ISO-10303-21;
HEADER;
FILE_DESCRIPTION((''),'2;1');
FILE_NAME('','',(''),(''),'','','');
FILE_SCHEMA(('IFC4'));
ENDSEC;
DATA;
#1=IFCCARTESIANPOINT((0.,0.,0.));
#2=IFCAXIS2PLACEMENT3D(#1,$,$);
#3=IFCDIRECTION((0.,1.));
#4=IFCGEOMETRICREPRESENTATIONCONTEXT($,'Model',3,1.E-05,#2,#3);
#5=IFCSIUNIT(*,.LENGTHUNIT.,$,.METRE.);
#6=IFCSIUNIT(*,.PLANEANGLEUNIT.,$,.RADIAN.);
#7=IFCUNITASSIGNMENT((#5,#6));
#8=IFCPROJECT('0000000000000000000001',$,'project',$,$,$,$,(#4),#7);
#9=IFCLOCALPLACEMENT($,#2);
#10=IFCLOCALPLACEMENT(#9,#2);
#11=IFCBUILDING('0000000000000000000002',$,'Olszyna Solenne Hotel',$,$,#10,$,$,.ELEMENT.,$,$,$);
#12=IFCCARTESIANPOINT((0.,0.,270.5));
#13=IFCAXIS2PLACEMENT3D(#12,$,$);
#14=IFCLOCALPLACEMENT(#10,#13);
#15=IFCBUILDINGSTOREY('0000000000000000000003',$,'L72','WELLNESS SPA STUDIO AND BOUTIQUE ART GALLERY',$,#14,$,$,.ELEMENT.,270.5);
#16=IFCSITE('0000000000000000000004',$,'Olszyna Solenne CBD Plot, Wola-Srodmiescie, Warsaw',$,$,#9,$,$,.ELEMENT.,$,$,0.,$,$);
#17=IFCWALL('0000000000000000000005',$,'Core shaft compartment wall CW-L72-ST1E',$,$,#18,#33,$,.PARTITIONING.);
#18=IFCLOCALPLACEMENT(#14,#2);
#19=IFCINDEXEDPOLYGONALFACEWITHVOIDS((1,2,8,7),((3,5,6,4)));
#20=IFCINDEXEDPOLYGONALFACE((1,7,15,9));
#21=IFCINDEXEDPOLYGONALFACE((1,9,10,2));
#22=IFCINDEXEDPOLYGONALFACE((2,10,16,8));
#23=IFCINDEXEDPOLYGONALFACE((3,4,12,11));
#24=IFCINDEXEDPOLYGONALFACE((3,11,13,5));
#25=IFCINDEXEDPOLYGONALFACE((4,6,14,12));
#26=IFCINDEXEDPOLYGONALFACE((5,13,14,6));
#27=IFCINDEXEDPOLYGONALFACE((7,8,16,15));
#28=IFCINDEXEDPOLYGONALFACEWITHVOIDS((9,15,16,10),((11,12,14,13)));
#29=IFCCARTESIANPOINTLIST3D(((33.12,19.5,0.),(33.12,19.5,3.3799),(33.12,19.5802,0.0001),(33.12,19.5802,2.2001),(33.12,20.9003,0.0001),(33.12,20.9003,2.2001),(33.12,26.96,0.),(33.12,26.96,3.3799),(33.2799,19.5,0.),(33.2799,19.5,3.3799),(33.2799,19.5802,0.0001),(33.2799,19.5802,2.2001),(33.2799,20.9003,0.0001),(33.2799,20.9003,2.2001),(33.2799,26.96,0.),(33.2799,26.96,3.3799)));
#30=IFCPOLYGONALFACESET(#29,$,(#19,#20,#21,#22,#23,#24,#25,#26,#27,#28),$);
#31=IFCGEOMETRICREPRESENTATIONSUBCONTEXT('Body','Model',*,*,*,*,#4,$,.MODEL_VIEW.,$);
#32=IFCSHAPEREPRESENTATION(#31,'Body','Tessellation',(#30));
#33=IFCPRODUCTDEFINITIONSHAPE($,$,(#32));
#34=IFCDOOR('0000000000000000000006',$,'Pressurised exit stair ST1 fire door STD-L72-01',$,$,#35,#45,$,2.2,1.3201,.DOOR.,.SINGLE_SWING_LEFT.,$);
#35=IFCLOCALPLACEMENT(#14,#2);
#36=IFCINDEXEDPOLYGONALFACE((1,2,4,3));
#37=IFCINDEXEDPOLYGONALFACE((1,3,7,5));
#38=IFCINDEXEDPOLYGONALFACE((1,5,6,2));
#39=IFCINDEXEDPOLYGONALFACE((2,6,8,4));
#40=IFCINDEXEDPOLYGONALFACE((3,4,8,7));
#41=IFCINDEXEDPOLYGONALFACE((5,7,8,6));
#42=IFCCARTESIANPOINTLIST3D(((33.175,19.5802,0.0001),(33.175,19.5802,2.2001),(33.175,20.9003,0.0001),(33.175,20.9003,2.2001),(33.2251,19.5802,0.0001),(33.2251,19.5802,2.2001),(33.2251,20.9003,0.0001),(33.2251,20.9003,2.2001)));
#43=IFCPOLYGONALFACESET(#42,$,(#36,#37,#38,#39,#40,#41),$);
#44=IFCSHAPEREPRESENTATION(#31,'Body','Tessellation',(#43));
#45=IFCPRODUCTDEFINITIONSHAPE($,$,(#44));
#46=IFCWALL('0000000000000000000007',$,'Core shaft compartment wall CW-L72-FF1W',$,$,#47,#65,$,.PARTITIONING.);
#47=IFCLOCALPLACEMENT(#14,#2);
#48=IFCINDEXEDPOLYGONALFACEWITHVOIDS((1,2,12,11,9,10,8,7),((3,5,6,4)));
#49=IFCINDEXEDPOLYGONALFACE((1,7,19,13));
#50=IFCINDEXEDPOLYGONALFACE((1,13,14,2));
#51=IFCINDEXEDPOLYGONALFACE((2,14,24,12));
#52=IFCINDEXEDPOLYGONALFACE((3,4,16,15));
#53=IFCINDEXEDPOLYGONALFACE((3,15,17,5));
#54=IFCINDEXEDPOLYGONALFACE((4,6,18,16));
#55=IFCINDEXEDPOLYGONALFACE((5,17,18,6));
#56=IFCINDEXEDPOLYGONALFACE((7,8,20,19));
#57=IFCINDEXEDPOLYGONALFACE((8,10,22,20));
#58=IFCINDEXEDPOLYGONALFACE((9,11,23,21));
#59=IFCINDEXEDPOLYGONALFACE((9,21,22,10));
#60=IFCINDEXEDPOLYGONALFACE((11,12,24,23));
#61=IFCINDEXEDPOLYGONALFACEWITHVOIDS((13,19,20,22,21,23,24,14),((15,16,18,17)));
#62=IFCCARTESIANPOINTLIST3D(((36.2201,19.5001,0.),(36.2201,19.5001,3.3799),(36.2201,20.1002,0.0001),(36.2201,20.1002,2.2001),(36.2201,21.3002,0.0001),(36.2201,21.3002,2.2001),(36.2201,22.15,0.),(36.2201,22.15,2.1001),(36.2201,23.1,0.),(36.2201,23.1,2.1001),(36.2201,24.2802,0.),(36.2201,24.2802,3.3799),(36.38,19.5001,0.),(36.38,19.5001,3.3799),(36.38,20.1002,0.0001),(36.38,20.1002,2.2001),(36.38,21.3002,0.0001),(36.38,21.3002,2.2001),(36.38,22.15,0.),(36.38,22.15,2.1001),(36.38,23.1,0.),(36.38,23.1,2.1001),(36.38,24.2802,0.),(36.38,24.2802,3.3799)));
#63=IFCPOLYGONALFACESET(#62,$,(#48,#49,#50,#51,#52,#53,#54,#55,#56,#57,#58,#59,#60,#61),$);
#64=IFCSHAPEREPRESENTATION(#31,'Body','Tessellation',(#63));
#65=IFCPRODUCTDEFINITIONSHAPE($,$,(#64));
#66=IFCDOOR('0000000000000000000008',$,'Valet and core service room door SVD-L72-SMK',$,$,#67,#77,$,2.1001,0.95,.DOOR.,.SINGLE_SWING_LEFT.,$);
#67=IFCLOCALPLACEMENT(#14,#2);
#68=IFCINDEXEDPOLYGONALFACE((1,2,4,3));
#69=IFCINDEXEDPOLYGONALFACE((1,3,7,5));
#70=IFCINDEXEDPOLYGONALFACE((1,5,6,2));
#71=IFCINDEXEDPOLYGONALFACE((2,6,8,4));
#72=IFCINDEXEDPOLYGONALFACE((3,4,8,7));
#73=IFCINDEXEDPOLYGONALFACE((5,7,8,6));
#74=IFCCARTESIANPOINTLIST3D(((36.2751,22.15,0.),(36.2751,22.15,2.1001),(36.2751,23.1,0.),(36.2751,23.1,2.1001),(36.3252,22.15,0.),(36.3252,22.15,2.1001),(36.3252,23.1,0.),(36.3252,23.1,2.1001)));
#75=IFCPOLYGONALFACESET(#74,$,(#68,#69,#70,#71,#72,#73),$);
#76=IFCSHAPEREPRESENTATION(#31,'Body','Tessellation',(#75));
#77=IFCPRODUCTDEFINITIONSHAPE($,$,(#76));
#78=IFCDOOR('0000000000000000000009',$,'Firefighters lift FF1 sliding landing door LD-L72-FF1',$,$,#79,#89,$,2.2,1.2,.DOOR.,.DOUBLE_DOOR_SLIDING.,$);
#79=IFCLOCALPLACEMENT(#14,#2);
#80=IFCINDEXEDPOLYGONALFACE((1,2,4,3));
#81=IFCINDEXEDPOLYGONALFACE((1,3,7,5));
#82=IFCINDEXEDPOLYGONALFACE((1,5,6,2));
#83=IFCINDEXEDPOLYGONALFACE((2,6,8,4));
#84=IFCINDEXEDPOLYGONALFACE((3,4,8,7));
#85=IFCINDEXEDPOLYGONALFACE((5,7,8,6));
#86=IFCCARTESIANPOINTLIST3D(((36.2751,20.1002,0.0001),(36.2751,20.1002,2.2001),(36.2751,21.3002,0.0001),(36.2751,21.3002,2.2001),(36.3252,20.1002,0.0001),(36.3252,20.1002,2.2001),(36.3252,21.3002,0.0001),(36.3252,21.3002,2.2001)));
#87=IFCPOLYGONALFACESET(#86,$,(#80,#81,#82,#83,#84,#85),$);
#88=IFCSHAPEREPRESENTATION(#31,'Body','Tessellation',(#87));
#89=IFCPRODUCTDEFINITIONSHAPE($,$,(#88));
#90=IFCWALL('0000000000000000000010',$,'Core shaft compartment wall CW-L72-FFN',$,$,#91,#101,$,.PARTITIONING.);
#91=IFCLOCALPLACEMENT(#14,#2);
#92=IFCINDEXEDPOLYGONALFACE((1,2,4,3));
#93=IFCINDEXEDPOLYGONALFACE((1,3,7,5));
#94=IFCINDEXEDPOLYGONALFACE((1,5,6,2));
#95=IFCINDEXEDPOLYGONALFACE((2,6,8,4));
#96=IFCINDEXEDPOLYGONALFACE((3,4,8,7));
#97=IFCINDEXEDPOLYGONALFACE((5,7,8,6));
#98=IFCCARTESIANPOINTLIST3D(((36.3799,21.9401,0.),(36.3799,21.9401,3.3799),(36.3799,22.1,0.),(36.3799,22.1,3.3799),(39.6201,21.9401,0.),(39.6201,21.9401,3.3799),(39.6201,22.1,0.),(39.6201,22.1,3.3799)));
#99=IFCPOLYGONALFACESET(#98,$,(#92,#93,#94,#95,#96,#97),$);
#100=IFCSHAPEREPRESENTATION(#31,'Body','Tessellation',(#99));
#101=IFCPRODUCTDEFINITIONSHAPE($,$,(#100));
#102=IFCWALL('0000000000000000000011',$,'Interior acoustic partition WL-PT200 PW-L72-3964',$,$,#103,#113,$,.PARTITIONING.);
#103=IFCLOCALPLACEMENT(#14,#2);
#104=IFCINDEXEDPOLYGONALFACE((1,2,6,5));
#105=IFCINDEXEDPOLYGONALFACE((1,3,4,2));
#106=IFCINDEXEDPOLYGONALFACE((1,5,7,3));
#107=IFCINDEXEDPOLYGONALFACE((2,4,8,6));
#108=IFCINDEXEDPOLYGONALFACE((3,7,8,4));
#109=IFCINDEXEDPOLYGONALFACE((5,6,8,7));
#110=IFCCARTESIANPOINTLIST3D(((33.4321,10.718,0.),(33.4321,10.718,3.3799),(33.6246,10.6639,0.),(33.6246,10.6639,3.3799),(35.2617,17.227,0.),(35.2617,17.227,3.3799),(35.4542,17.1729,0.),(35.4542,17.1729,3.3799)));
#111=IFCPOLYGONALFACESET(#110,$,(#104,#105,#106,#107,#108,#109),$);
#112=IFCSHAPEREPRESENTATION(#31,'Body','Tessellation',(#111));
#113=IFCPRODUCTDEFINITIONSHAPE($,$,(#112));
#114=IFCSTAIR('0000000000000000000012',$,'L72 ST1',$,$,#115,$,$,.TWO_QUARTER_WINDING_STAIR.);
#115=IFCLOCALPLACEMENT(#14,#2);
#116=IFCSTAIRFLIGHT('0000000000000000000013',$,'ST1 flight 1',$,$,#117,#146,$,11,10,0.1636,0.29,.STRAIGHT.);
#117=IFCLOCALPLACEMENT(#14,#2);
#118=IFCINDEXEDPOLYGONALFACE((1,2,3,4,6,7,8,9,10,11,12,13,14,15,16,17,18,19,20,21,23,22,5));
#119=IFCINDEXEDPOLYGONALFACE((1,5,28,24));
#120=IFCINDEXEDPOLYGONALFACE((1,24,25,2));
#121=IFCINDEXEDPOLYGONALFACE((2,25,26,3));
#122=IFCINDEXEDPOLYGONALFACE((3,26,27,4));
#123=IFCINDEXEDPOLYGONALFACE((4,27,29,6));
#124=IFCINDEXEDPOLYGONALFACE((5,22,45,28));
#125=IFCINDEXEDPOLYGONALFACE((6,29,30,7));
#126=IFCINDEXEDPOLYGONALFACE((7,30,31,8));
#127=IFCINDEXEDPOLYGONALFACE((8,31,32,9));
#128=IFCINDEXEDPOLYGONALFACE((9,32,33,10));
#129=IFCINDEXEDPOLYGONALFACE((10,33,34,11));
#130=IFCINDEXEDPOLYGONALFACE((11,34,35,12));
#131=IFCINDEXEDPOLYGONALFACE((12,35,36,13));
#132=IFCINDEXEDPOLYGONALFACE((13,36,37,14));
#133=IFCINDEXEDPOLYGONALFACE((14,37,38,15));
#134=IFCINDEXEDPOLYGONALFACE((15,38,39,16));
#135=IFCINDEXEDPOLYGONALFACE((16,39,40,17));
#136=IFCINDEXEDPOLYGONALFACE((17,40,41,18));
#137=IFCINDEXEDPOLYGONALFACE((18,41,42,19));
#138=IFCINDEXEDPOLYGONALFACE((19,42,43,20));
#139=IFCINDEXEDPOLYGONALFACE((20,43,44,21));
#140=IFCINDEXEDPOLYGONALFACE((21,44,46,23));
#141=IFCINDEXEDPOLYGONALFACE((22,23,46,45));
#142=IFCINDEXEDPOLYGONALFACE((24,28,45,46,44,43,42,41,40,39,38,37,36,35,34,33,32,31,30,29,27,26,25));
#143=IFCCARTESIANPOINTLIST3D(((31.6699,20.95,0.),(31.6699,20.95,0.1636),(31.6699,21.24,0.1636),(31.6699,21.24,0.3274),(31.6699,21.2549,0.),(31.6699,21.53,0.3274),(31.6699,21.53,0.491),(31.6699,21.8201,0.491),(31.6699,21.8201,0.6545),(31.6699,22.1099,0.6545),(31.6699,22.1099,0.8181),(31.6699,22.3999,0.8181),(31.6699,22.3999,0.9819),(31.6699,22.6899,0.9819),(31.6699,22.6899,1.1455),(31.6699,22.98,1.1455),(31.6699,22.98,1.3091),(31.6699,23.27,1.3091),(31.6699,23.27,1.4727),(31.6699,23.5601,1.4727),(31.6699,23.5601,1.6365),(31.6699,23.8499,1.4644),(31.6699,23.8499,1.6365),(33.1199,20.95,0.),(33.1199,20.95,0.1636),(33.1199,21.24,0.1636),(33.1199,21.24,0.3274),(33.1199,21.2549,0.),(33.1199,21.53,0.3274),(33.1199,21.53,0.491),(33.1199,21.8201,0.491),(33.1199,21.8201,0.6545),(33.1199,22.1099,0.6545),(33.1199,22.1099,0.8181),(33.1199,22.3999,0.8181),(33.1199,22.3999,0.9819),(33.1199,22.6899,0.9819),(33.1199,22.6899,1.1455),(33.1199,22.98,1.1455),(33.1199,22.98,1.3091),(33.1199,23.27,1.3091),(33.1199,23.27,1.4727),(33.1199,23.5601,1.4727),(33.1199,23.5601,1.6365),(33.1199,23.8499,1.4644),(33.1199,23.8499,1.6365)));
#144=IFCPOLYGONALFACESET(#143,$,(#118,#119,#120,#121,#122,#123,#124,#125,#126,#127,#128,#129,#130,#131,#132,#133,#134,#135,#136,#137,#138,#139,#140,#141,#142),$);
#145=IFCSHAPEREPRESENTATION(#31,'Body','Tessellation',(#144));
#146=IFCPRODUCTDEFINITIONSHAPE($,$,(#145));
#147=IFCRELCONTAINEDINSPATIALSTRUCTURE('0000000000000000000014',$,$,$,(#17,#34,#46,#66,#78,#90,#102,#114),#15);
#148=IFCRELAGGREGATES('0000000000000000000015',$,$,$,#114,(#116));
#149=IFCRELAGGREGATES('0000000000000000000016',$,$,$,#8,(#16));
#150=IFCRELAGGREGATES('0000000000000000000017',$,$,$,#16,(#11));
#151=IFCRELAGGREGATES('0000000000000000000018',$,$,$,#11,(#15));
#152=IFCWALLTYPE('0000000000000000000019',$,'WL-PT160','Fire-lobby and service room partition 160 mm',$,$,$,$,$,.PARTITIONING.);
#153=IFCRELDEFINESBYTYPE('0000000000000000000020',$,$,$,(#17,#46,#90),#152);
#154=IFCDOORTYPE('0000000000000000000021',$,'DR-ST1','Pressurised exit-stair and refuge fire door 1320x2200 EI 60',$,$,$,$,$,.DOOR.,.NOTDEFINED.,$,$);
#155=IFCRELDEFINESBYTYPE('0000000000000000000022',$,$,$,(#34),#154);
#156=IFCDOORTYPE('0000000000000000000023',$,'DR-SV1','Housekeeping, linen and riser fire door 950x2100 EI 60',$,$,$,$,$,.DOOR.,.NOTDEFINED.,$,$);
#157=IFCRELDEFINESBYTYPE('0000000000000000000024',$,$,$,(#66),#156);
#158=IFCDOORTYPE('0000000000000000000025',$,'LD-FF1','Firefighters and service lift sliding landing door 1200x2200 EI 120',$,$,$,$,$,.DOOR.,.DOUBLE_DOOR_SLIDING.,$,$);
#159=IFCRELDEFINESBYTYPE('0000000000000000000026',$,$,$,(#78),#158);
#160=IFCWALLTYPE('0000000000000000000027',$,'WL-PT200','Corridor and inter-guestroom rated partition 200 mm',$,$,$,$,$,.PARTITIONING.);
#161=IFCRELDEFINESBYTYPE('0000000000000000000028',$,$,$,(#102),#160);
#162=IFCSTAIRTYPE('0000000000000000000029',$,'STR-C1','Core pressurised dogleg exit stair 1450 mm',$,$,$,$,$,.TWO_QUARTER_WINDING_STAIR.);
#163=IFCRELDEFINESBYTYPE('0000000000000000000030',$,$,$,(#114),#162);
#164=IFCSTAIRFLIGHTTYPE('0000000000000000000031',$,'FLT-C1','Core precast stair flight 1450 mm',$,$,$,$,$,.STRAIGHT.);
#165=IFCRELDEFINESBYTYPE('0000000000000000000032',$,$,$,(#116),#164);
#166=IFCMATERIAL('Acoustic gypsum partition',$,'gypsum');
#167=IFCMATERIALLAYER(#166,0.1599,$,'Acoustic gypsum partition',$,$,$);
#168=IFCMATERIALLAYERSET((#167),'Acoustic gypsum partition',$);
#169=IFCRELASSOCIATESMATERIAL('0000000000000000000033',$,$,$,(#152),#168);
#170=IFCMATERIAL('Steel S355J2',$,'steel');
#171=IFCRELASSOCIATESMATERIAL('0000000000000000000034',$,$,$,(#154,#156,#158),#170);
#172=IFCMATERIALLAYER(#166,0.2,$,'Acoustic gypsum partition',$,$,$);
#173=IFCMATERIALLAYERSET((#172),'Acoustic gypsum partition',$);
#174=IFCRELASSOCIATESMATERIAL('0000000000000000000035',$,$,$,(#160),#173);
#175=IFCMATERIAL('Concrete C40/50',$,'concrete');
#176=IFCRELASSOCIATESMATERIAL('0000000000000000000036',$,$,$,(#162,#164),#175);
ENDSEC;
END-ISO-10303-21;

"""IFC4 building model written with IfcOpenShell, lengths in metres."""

from ifc_helpers import new_model, si_unit, direction, frame, frame_2d, origin, place, context, subcontext, project, spatial, polyline, rectangle, outline, extrude, source, transform, mapped, material, layer, layer_set, type_object, type_shapes, element, fill, aggregate, save


model = new_model("IFC4")

# Units and contexts
model_context = context("Model", 3, precision=1e-05, world=origin(), true_north=direction((0.0, 1.0)))
body_context = subcontext(model_context, "Body", "Model", "MODEL_VIEW")
ifc_project = project(units=[si_unit("LENGTHUNIT", "METRE"), si_unit("PLANEANGLEUNIT", "RADIAN")], contexts=[model_context])

# Site, building, storey
site_placement = place(None, origin())
site = spatial("IfcSite", under=ifc_project, at=site_placement, Name="Olszyna Solenne CBD Plot, Wola-Srodmiescie, Warsaw", CompositionType="ELEMENT", RefElevation=0.0)
building_placement = place(site_placement, origin())
building = spatial("IfcBuilding", under=site, at=building_placement, Name="Olszyna Solenne Hotel", CompositionType="ELEMENT")
storey_placement = place(building_placement, frame((0.0, 0.0, 270.5)))
storey = spatial("IfcBuildingStorey", under=building, at=storey_placement, Name="L72", Description="WELLNESS SPA STUDIO AND BOUTIQUE ART GALLERY", CompositionType="ELEMENT", Elevation=270.5)

# Shared definitions
ifc_material_1 = material(Name="Steel S355J2", Category="steel")

# Shared definitions
ifc_material_2 = material(Name="Acoustic gypsum partition", Category="gypsum")

# Wall, opening, door
ifc_layer_1 = layer(ifc_material_2, 0.1599, Name="Acoustic gypsum partition")
ifc_layer_set_1 = layer_set([ifc_layer_1], Name="Acoustic gypsum partition")
wall_type_1 = type_object("IfcWallType", Name="WL-PT160", Description="Fire-lobby and service room partition 160 mm", PredefinedType="PARTITIONING", material=ifc_layer_set_1)
wall_1_placement = place(storey_placement, frame((33.2, 19.5, 0.0), z_axis=(0.0, 0.0, 1.0), x_axis=(0.0, 1.0, 0.0)))
wall_1 = element("IfcWall", 1, at=wall_1_placement, inside=storey, type_object=wall_type_1, Name="Core shaft compartment wall CW-L72-ST1E", PredefinedType="PARTITIONING", context=body_context, shape_type="SweptSolid", body=[
    extrude(rectangle(XDim=7.46, YDim=0.1599, at=frame_2d((3.73, 0.0))), origin(), (0.0, 0.0, 1.0), 3.3799),
])
opening_1_placement = place(wall_1_placement, frame((0.0801, 0.0, 0.0)))
opening_1 = element("IfcOpeningElement", 2, at=opening_1_placement, cuts=wall_1, PredefinedType="OPENING", context=body_context, shape_type="SweptSolid", body=[
    extrude(rectangle(XDim=1.3201, YDim=2.2, at=frame_2d((0.6602, 1.1001))), frame((0.0, 0.0898, 0.0), z_axis=(0.0, -1.0, 0.0), x_axis=(1.0, 0.0, 0.0)), (0.0, 0.0, 1.0), 0.1799),
])
door_type_1 = type_object("IfcDoorType", Name="DR-ST1", Description="Pressurised exit-stair and refuge fire door 1320x2200 EI 60", OperationType="NOTDEFINED", PredefinedType="DOOR", material=ifc_material_1)
shared_shape_1 = source(origin(), body_context, "Body", "SweptSolid", [
    extrude(rectangle(XDim=1.3201, YDim=2.2, at=frame_2d((0.6602, 1.1001))), frame((0.0, 0.0249, 0.0), z_axis=(0.0, -1.0, 0.0), x_axis=(1.0, 0.0, 0.0)), (0.0, 0.0, 1.0), 0.05),
])
type_shapes(door_type_1, [shared_shape_1])
door_1_placement = place(opening_1_placement, origin())
door_1 = element("IfcDoor", 3, at=door_1_placement, inside=storey, type_object=door_type_1, Name="Pressurised exit stair ST1 fire door STD-L72-01", OperationType="SINGLE_SWING_LEFT", OverallHeight=2.2, OverallWidth=1.3201, PredefinedType="DOOR", context=body_context, shape_type="MappedRepresentation", body=[
    mapped(shared_shape_1, transform((0.0, 0.0, 0.0), x_axis=(1.0, 0.0, 0.0), y_axis=(0.0, 1.0, 0.0), z_axis=(0.0, 0.0, 1.0), scale=1.0)),
])
fill(opening_1, door_1)

# Wall, openings, doors
wall_2_placement = place(storey_placement, frame((36.3, 19.5, 0.0), z_axis=(0.0, 0.0, 1.0), x_axis=(0.0, 1.0, 0.0)))
wall_2 = element("IfcWall", 4, at=wall_2_placement, inside=storey, type_object=wall_type_1, Name="Core shaft compartment wall CW-L72-FF1W", PredefinedType="PARTITIONING", context=body_context, shape_type="SweptSolid", body=[
    extrude(rectangle(XDim=4.78, YDim=0.1599, at=frame_2d((2.3901, 0.0))), origin(), (0.0, 0.0, 1.0), 3.3799),
])
opening_2_placement = place(wall_2_placement, frame((0.6001, 0.0, 0.0)))
opening_2 = element("IfcOpeningElement", 5, at=opening_2_placement, cuts=wall_2, PredefinedType="OPENING", context=body_context, shape_type="SweptSolid", body=[
    extrude(rectangle(XDim=1.2, YDim=2.2, at=frame_2d((0.6001, 1.1001))), frame((0.0, 0.0898, 0.0), z_axis=(0.0, -1.0, 0.0), x_axis=(1.0, 0.0, 0.0)), (0.0, 0.0, 1.0), 0.1799),
])
opening_3_placement = place(wall_2_placement, frame((2.6499, 0.0, 0.0)))
opening_3 = element("IfcOpeningElement", 6, at=opening_3_placement, cuts=wall_2, PredefinedType="OPENING", context=body_context, shape_type="SweptSolid", body=[
    extrude(rectangle(XDim=0.95, YDim=2.1001, at=frame_2d((0.4751, 1.05))), frame((0.0, 0.0898, 0.0), z_axis=(0.0, -1.0, 0.0), x_axis=(1.0, 0.0, 0.0)), (0.0, 0.0, 1.0), 0.1799),
])
door_type_2 = type_object("IfcDoorType", Name="DR-SV1", Description="Housekeeping, linen and riser fire door 950x2100 EI 60", OperationType="NOTDEFINED", PredefinedType="DOOR", material=ifc_material_1)
shared_shape_2 = source(origin(), body_context, "Body", "SweptSolid", [
    extrude(rectangle(XDim=0.95, YDim=2.1001, at=frame_2d((0.4751, 1.05))), frame((0.0, 0.0249, 0.0), z_axis=(0.0, -1.0, 0.0), x_axis=(1.0, 0.0, 0.0)), (0.0, 0.0, 1.0), 0.05),
])
type_shapes(door_type_2, [shared_shape_2])
door_2_placement = place(opening_3_placement, origin())
door_2 = element("IfcDoor", 7, at=door_2_placement, inside=storey, type_object=door_type_2, Name="Valet and core service room door SVD-L72-SMK", OperationType="SINGLE_SWING_LEFT", OverallHeight=2.1001, OverallWidth=0.95, PredefinedType="DOOR", context=body_context, shape_type="MappedRepresentation", body=[
    mapped(shared_shape_2, transform((0.0, 0.0, 0.0), x_axis=(1.0, 0.0, 0.0), y_axis=(0.0, 1.0, 0.0), z_axis=(0.0, 0.0, 1.0), scale=1.0)),
])
fill(opening_3, door_2)
door_type_3 = type_object("IfcDoorType", Name="LD-FF1", Description="Firefighters and service lift sliding landing door 1200x2200 EI 120", OperationType="DOUBLE_DOOR_SLIDING", PredefinedType="DOOR", material=ifc_material_1)
shared_shape_3 = source(origin(), body_context, "Body", "SweptSolid", [
    extrude(rectangle(XDim=1.2, YDim=2.2, at=frame_2d((0.6001, 1.1001))), frame((0.0, 0.0249, 0.0), z_axis=(0.0, -1.0, 0.0), x_axis=(1.0, 0.0, 0.0)), (0.0, 0.0, 1.0), 0.05),
])
type_shapes(door_type_3, [shared_shape_3])
door_3_placement = place(opening_2_placement, origin())
door_3 = element("IfcDoor", 8, at=door_3_placement, inside=storey, type_object=door_type_3, Name="Firefighters lift FF1 sliding landing door LD-L72-FF1", OperationType="DOUBLE_DOOR_SLIDING", OverallHeight=2.2, OverallWidth=1.2, PredefinedType="DOOR", context=body_context, shape_type="MappedRepresentation", body=[
    mapped(shared_shape_3, transform((0.0, 0.0, 0.0), x_axis=(1.0, 0.0, 0.0), y_axis=(0.0, 1.0, 0.0), z_axis=(0.0, 0.0, 1.0), scale=1.0)),
])
fill(opening_2, door_3)

# Walls
wall_3_placement = place(storey_placement, frame((36.3799, 22.02, 0.0), z_axis=(0.0, 0.0, 1.0), x_axis=(1.0, 0.0, 0.0)))
element("IfcWall", 9, at=wall_3_placement, inside=storey, type_object=wall_type_1, Name="Core shaft compartment wall CW-L72-FFN", PredefinedType="PARTITIONING", context=body_context, shape_type="SweptSolid", body=[
    extrude(rectangle(XDim=3.2402, YDim=0.1599, at=frame_2d((1.6201, 0.0))), origin(), (0.0, 0.0, 1.0), 3.3799),
])
ifc_layer_2 = layer(ifc_material_2, 0.2, Name="Acoustic gypsum partition")
ifc_layer_set_2 = layer_set([ifc_layer_2], Name="Acoustic gypsum partition")
wall_type_2 = type_object("IfcWallType", Name="WL-PT200", Description="Corridor and inter-guestroom rated partition 200 mm", PredefinedType="PARTITIONING", material=ifc_layer_set_2)
wall_4_placement = place(storey_placement, frame((35.3579, 17.2, 0.0), z_axis=(0.0, 0.0, 1.0), x_axis=(-0.270598, -0.962692, 0.0)))
element("IfcWall", 10, at=wall_4_placement, inside=storey, type_object=wall_type_2, Name="Interior acoustic partition WL-PT200 PW-L72-3964", PredefinedType="PARTITIONING", context=body_context, shape_type="SweptSolid", body=[
    extrude(rectangle(XDim=6.7612, YDim=0.2, at=frame_2d((3.3806, 0.0))), origin(), (0.0, 0.0, 1.0), 3.3799),
])

# Stair, stair flight
ifc_material_3 = material(Name="Concrete C40/50", Category="concrete")
stair_type = type_object("IfcStairType", Name="STR-C1", Description="Core pressurised dogleg exit stair 1450 mm", PredefinedType="TWO_QUARTER_WINDING_STAIR", material=ifc_material_3)
stair_placement = place(storey_placement, origin())
stair = element("IfcStair", 11, at=stair_placement, inside=storey, type_object=stair_type, Name="L72 ST1", PredefinedType="TWO_QUARTER_WINDING_STAIR")
stair_flight_type = type_object("IfcStairFlightType", Name="FLT-C1", Description="Core precast stair flight 1450 mm", PredefinedType="STRAIGHT", material=ifc_material_3)
stair_flight_placement = place(storey_placement, frame((32.395, 20.95, 0.0), z_axis=(0.0, 0.0, 1.0), x_axis=(0.0, 1.0, 0.0)))
stair_flight = element("IfcStairFlight", 12, at=stair_flight_placement, type_object=stair_flight_type, Name="ST1 flight 1", NumberOfRisers=11, NumberOfTreads=10, PredefinedType="STRAIGHT", RiserHeight=0.1636, TreadLength=0.29, context=body_context, shape_type="SweptSolid", body=[
    extrude(outline(polyline([(0.0, 0.0), (0.0, 0.1636), (0.29, 0.1636), (0.29, 0.3274), (0.5801, 0.3274), (0.5801, 0.491), (0.8701, 0.491), (0.8701, 0.6545), (1.1599, 0.6545), (1.1599, 0.8181), (1.45, 0.8181), (1.45, 0.9819), (1.74, 0.9819), (1.74, 1.1455), (2.03, 1.1455), (2.03, 1.3091), (2.3201, 1.3091), (2.3201, 1.4727), (2.6101, 1.4727), (2.6101, 1.6365), (2.8999, 1.6365), (2.8999, 1.8), (2.8999, 1.4644), (0.3049, 0.0), (0.0, 0.0)])), frame((0.0, 0.7251, 0.0), z_axis=(0.0, -1.0, 0.0), x_axis=(1.0, 0.0, 0.0)), (0.0, 0.0, 1.0), 1.45),
])
aggregate(stair, [stair_flight])

save(model, "model.ifc")
